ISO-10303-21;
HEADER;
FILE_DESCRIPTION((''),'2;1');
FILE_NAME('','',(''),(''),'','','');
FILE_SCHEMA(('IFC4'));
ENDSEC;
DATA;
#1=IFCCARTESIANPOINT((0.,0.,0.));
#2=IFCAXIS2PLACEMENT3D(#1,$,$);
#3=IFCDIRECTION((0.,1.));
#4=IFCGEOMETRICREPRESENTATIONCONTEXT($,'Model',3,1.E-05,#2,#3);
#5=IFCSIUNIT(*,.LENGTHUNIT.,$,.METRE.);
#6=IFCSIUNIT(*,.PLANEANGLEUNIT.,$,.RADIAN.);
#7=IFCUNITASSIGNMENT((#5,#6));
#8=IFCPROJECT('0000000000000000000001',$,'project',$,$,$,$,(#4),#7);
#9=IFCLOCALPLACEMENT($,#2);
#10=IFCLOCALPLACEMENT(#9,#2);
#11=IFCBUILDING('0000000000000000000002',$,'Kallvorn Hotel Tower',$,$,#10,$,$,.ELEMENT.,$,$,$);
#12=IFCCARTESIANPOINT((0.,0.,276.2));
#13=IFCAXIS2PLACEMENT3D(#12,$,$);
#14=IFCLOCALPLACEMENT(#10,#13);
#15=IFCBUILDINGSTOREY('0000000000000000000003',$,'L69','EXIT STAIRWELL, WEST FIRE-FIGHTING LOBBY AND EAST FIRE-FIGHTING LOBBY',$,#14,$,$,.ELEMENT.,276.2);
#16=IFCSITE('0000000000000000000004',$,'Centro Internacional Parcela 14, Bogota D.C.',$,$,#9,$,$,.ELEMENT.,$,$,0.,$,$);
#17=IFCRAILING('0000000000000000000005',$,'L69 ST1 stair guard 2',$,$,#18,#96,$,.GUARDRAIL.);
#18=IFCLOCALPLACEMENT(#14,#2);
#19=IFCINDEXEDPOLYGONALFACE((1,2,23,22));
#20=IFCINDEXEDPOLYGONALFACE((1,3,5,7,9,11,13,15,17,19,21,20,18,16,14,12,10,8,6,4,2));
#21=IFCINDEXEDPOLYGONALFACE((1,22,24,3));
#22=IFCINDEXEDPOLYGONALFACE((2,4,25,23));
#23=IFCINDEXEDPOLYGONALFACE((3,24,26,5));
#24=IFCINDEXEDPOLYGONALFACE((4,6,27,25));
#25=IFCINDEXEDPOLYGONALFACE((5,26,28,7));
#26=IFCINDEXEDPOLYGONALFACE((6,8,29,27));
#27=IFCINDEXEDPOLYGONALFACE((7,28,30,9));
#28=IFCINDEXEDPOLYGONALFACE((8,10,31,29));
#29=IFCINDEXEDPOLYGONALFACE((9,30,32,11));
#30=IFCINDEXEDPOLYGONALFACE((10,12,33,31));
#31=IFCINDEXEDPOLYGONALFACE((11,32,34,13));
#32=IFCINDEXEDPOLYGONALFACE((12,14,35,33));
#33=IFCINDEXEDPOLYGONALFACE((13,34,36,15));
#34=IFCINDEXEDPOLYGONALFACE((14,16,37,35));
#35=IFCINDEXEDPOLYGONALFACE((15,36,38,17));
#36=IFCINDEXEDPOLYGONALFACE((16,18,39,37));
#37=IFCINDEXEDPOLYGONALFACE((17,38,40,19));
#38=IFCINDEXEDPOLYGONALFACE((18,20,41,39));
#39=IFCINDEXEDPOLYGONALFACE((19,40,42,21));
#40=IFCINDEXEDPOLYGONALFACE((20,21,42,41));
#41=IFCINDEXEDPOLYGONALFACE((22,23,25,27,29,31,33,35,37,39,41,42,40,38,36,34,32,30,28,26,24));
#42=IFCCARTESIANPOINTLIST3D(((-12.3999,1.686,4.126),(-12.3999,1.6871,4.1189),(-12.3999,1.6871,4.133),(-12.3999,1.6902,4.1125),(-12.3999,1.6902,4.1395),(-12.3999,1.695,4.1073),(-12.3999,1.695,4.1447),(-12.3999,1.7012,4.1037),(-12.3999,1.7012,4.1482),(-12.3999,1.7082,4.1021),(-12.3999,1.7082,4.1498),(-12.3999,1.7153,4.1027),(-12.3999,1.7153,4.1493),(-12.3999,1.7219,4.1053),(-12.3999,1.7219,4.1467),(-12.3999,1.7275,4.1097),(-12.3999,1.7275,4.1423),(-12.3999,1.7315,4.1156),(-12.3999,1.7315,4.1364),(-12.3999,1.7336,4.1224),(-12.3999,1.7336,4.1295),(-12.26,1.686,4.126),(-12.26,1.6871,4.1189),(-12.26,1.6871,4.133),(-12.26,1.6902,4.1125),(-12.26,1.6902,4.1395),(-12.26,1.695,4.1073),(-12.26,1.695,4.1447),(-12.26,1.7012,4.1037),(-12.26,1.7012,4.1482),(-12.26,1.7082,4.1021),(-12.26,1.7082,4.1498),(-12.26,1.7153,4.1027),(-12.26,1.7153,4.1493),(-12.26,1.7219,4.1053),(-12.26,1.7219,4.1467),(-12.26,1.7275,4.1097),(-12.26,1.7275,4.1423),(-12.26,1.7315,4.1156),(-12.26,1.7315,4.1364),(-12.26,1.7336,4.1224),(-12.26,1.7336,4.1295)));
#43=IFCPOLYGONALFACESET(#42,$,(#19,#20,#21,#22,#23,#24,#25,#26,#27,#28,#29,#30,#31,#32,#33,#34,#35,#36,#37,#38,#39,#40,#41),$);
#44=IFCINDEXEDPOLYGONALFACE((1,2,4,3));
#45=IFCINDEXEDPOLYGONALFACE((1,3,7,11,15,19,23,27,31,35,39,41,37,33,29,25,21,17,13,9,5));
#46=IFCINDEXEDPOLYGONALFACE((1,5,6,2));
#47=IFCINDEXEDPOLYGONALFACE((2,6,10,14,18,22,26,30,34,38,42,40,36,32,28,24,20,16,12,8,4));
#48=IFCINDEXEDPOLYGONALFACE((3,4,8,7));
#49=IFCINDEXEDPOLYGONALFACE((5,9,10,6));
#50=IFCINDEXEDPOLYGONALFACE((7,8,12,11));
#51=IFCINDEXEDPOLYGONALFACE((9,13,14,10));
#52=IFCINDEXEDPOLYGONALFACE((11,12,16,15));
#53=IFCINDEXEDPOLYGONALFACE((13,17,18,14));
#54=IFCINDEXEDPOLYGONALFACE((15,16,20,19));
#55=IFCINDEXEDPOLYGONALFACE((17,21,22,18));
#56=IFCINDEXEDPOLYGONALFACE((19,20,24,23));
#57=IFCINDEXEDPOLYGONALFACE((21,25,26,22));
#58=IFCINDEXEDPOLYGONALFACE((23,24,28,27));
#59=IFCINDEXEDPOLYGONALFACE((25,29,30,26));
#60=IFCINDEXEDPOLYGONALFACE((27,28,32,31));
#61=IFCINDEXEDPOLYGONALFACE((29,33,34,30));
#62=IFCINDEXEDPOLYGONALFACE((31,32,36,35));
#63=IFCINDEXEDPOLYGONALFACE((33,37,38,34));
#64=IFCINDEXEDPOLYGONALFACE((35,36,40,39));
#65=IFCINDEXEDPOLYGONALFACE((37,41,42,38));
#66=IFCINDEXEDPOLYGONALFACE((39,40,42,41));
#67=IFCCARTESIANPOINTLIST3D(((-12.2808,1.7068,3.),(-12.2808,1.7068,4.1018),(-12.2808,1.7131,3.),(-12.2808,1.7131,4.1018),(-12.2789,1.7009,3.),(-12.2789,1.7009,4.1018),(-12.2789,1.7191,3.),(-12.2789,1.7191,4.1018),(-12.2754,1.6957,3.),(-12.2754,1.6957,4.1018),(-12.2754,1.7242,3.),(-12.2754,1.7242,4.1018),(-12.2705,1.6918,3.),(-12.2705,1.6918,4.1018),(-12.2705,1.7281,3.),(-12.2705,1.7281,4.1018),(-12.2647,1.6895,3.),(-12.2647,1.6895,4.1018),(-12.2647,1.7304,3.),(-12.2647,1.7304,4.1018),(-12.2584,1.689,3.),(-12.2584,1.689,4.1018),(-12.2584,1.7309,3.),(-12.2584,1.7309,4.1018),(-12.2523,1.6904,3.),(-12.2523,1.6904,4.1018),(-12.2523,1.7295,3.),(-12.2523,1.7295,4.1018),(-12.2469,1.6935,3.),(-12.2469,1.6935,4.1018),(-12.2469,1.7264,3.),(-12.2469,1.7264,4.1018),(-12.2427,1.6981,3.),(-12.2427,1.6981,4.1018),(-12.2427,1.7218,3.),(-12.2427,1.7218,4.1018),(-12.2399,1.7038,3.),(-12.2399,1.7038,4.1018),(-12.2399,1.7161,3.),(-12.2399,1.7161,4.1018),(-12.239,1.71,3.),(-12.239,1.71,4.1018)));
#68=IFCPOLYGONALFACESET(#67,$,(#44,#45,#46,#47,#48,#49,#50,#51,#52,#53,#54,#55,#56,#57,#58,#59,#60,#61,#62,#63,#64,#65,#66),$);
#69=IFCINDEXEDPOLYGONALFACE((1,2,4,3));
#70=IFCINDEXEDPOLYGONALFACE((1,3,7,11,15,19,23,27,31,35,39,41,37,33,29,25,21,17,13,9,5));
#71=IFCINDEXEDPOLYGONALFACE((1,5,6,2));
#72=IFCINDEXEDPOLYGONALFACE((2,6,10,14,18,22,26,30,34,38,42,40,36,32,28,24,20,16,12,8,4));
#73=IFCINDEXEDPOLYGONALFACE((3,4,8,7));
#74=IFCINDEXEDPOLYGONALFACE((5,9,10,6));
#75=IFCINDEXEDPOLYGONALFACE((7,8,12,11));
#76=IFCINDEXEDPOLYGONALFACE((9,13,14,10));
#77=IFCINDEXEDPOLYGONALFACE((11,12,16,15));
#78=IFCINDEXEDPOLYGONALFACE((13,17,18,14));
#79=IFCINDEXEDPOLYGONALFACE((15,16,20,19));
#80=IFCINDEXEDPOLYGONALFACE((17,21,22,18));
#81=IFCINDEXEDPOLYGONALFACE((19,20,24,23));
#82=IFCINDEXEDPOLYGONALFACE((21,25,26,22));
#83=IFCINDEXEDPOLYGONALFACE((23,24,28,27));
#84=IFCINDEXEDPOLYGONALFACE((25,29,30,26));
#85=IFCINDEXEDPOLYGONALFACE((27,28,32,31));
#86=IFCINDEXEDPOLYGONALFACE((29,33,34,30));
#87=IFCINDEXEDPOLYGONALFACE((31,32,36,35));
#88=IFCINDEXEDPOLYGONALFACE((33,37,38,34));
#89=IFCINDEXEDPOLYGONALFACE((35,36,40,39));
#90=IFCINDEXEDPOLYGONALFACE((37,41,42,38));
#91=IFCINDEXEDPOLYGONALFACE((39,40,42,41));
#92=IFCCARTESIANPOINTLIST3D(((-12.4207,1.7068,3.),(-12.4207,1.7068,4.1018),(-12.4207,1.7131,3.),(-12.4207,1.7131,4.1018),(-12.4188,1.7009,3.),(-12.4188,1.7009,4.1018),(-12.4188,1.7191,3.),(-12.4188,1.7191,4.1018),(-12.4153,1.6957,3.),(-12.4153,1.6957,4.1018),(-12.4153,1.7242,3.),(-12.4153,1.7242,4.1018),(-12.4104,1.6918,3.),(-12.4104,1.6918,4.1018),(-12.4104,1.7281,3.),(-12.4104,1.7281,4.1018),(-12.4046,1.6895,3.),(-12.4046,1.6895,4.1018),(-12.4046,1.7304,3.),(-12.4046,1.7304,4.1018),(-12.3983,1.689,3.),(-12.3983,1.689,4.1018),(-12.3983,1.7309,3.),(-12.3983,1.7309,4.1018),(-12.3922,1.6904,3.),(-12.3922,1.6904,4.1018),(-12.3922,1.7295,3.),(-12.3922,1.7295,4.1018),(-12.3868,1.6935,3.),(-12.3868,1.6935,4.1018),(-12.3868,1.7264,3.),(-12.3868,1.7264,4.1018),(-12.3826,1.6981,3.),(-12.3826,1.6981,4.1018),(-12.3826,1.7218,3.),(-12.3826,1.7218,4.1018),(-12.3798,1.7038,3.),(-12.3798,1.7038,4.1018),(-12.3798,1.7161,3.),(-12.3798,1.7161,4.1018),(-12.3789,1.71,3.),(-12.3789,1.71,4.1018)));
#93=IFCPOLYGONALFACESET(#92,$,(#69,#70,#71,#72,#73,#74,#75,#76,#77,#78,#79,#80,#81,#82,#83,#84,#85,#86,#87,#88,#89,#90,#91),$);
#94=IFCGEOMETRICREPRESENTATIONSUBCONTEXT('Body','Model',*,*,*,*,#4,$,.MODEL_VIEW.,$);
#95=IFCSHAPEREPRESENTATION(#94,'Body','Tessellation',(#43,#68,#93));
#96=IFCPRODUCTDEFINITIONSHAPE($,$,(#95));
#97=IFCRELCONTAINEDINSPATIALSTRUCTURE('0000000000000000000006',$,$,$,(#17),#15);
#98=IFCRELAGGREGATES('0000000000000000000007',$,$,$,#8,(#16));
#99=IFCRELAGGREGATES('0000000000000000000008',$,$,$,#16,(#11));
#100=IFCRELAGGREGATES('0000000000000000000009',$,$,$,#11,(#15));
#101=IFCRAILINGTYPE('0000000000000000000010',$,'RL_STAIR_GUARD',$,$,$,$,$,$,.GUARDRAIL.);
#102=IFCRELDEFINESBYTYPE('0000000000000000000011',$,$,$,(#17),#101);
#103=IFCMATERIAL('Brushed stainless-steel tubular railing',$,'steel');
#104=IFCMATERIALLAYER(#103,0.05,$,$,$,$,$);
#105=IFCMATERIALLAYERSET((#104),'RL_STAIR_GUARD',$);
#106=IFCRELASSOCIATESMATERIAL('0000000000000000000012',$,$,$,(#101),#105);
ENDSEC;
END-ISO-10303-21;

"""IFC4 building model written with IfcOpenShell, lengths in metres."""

from ifc_helpers import new_model, si_unit, direction, frame, origin, origin_2d, place, context, subcontext, project, spatial, circle, extrude, material, layer, layer_set, type_object, element, save


model = new_model("IFC4")

# Units and contexts
model_context = context("Model", 3, precision=1e-05, world=origin(), true_north=direction((0.0, 1.0)))
body_context = subcontext(model_context, "Body", "Model", "MODEL_VIEW")
ifc_project = project(units=[si_unit("LENGTHUNIT", "METRE"), si_unit("PLANEANGLEUNIT", "RADIAN")], contexts=[model_context])

# Site, building, storey
site_placement = place(None, origin())
site = spatial("IfcSite", under=ifc_project, at=site_placement, Name="Centro Internacional Parcela 14, Bogota D.C.", CompositionType="ELEMENT", RefElevation=0.0)
building_placement = place(site_placement, origin())
building = spatial("IfcBuilding", under=site, at=building_placement, Name="Kallvorn Hotel Tower", CompositionType="ELEMENT")
storey_placement = place(building_placement, frame((0.0, 0.0, 276.2)))
storey = spatial("IfcBuildingStorey", under=building, at=storey_placement, Name="L69", Description="EXIT STAIRWELL, WEST FIRE-FIGHTING LOBBY AND EAST FIRE-FIGHTING LOBBY", CompositionType="ELEMENT", Elevation=276.2)

# Railing
ifc_material_1 = material(Name="Brushed stainless-steel tubular railing", Category="steel")
ifc_layer_1 = layer(ifc_material_1, 0.05)
ifc_layer_set_1 = layer_set([ifc_layer_1], Name="RL_STAIR_GUARD")
railing_type_1 = type_object("IfcRailingType", Name="RL_STAIR_GUARD", PredefinedType="GUARDRAIL", material=ifc_layer_set_1)
railing_1_placement = place(storey_placement, frame((-12.26, 1.71, 3.0)))
element("IfcRailing", 1, at=railing_1_placement, inside=storey, type_object=railing_type_1, Name="L69 ST1 stair guard 2", PredefinedType="GUARDRAIL", context=body_context, shape_type="SweptSolid", body=[
    extrude(circle(Radius=0.0239, at=origin_2d()), frame((0.0, 0.0, 1.126), z_axis=(-1.0, 0.0, 0.0), x_axis=(0.0, -1.0, 0.0)), (0.0, 0.0, 1.0), 0.1399),
    extrude(circle(Radius=0.021, at=origin_2d()), origin(), (0.0, 0.0, 1.0), 1.1018),
    extrude(circle(Radius=0.021, at=origin_2d()), frame((-0.1399, 0.0, 0.0)), (0.0, 0.0, 1.0), 1.1018),
])

save(model, "model.ifc")
